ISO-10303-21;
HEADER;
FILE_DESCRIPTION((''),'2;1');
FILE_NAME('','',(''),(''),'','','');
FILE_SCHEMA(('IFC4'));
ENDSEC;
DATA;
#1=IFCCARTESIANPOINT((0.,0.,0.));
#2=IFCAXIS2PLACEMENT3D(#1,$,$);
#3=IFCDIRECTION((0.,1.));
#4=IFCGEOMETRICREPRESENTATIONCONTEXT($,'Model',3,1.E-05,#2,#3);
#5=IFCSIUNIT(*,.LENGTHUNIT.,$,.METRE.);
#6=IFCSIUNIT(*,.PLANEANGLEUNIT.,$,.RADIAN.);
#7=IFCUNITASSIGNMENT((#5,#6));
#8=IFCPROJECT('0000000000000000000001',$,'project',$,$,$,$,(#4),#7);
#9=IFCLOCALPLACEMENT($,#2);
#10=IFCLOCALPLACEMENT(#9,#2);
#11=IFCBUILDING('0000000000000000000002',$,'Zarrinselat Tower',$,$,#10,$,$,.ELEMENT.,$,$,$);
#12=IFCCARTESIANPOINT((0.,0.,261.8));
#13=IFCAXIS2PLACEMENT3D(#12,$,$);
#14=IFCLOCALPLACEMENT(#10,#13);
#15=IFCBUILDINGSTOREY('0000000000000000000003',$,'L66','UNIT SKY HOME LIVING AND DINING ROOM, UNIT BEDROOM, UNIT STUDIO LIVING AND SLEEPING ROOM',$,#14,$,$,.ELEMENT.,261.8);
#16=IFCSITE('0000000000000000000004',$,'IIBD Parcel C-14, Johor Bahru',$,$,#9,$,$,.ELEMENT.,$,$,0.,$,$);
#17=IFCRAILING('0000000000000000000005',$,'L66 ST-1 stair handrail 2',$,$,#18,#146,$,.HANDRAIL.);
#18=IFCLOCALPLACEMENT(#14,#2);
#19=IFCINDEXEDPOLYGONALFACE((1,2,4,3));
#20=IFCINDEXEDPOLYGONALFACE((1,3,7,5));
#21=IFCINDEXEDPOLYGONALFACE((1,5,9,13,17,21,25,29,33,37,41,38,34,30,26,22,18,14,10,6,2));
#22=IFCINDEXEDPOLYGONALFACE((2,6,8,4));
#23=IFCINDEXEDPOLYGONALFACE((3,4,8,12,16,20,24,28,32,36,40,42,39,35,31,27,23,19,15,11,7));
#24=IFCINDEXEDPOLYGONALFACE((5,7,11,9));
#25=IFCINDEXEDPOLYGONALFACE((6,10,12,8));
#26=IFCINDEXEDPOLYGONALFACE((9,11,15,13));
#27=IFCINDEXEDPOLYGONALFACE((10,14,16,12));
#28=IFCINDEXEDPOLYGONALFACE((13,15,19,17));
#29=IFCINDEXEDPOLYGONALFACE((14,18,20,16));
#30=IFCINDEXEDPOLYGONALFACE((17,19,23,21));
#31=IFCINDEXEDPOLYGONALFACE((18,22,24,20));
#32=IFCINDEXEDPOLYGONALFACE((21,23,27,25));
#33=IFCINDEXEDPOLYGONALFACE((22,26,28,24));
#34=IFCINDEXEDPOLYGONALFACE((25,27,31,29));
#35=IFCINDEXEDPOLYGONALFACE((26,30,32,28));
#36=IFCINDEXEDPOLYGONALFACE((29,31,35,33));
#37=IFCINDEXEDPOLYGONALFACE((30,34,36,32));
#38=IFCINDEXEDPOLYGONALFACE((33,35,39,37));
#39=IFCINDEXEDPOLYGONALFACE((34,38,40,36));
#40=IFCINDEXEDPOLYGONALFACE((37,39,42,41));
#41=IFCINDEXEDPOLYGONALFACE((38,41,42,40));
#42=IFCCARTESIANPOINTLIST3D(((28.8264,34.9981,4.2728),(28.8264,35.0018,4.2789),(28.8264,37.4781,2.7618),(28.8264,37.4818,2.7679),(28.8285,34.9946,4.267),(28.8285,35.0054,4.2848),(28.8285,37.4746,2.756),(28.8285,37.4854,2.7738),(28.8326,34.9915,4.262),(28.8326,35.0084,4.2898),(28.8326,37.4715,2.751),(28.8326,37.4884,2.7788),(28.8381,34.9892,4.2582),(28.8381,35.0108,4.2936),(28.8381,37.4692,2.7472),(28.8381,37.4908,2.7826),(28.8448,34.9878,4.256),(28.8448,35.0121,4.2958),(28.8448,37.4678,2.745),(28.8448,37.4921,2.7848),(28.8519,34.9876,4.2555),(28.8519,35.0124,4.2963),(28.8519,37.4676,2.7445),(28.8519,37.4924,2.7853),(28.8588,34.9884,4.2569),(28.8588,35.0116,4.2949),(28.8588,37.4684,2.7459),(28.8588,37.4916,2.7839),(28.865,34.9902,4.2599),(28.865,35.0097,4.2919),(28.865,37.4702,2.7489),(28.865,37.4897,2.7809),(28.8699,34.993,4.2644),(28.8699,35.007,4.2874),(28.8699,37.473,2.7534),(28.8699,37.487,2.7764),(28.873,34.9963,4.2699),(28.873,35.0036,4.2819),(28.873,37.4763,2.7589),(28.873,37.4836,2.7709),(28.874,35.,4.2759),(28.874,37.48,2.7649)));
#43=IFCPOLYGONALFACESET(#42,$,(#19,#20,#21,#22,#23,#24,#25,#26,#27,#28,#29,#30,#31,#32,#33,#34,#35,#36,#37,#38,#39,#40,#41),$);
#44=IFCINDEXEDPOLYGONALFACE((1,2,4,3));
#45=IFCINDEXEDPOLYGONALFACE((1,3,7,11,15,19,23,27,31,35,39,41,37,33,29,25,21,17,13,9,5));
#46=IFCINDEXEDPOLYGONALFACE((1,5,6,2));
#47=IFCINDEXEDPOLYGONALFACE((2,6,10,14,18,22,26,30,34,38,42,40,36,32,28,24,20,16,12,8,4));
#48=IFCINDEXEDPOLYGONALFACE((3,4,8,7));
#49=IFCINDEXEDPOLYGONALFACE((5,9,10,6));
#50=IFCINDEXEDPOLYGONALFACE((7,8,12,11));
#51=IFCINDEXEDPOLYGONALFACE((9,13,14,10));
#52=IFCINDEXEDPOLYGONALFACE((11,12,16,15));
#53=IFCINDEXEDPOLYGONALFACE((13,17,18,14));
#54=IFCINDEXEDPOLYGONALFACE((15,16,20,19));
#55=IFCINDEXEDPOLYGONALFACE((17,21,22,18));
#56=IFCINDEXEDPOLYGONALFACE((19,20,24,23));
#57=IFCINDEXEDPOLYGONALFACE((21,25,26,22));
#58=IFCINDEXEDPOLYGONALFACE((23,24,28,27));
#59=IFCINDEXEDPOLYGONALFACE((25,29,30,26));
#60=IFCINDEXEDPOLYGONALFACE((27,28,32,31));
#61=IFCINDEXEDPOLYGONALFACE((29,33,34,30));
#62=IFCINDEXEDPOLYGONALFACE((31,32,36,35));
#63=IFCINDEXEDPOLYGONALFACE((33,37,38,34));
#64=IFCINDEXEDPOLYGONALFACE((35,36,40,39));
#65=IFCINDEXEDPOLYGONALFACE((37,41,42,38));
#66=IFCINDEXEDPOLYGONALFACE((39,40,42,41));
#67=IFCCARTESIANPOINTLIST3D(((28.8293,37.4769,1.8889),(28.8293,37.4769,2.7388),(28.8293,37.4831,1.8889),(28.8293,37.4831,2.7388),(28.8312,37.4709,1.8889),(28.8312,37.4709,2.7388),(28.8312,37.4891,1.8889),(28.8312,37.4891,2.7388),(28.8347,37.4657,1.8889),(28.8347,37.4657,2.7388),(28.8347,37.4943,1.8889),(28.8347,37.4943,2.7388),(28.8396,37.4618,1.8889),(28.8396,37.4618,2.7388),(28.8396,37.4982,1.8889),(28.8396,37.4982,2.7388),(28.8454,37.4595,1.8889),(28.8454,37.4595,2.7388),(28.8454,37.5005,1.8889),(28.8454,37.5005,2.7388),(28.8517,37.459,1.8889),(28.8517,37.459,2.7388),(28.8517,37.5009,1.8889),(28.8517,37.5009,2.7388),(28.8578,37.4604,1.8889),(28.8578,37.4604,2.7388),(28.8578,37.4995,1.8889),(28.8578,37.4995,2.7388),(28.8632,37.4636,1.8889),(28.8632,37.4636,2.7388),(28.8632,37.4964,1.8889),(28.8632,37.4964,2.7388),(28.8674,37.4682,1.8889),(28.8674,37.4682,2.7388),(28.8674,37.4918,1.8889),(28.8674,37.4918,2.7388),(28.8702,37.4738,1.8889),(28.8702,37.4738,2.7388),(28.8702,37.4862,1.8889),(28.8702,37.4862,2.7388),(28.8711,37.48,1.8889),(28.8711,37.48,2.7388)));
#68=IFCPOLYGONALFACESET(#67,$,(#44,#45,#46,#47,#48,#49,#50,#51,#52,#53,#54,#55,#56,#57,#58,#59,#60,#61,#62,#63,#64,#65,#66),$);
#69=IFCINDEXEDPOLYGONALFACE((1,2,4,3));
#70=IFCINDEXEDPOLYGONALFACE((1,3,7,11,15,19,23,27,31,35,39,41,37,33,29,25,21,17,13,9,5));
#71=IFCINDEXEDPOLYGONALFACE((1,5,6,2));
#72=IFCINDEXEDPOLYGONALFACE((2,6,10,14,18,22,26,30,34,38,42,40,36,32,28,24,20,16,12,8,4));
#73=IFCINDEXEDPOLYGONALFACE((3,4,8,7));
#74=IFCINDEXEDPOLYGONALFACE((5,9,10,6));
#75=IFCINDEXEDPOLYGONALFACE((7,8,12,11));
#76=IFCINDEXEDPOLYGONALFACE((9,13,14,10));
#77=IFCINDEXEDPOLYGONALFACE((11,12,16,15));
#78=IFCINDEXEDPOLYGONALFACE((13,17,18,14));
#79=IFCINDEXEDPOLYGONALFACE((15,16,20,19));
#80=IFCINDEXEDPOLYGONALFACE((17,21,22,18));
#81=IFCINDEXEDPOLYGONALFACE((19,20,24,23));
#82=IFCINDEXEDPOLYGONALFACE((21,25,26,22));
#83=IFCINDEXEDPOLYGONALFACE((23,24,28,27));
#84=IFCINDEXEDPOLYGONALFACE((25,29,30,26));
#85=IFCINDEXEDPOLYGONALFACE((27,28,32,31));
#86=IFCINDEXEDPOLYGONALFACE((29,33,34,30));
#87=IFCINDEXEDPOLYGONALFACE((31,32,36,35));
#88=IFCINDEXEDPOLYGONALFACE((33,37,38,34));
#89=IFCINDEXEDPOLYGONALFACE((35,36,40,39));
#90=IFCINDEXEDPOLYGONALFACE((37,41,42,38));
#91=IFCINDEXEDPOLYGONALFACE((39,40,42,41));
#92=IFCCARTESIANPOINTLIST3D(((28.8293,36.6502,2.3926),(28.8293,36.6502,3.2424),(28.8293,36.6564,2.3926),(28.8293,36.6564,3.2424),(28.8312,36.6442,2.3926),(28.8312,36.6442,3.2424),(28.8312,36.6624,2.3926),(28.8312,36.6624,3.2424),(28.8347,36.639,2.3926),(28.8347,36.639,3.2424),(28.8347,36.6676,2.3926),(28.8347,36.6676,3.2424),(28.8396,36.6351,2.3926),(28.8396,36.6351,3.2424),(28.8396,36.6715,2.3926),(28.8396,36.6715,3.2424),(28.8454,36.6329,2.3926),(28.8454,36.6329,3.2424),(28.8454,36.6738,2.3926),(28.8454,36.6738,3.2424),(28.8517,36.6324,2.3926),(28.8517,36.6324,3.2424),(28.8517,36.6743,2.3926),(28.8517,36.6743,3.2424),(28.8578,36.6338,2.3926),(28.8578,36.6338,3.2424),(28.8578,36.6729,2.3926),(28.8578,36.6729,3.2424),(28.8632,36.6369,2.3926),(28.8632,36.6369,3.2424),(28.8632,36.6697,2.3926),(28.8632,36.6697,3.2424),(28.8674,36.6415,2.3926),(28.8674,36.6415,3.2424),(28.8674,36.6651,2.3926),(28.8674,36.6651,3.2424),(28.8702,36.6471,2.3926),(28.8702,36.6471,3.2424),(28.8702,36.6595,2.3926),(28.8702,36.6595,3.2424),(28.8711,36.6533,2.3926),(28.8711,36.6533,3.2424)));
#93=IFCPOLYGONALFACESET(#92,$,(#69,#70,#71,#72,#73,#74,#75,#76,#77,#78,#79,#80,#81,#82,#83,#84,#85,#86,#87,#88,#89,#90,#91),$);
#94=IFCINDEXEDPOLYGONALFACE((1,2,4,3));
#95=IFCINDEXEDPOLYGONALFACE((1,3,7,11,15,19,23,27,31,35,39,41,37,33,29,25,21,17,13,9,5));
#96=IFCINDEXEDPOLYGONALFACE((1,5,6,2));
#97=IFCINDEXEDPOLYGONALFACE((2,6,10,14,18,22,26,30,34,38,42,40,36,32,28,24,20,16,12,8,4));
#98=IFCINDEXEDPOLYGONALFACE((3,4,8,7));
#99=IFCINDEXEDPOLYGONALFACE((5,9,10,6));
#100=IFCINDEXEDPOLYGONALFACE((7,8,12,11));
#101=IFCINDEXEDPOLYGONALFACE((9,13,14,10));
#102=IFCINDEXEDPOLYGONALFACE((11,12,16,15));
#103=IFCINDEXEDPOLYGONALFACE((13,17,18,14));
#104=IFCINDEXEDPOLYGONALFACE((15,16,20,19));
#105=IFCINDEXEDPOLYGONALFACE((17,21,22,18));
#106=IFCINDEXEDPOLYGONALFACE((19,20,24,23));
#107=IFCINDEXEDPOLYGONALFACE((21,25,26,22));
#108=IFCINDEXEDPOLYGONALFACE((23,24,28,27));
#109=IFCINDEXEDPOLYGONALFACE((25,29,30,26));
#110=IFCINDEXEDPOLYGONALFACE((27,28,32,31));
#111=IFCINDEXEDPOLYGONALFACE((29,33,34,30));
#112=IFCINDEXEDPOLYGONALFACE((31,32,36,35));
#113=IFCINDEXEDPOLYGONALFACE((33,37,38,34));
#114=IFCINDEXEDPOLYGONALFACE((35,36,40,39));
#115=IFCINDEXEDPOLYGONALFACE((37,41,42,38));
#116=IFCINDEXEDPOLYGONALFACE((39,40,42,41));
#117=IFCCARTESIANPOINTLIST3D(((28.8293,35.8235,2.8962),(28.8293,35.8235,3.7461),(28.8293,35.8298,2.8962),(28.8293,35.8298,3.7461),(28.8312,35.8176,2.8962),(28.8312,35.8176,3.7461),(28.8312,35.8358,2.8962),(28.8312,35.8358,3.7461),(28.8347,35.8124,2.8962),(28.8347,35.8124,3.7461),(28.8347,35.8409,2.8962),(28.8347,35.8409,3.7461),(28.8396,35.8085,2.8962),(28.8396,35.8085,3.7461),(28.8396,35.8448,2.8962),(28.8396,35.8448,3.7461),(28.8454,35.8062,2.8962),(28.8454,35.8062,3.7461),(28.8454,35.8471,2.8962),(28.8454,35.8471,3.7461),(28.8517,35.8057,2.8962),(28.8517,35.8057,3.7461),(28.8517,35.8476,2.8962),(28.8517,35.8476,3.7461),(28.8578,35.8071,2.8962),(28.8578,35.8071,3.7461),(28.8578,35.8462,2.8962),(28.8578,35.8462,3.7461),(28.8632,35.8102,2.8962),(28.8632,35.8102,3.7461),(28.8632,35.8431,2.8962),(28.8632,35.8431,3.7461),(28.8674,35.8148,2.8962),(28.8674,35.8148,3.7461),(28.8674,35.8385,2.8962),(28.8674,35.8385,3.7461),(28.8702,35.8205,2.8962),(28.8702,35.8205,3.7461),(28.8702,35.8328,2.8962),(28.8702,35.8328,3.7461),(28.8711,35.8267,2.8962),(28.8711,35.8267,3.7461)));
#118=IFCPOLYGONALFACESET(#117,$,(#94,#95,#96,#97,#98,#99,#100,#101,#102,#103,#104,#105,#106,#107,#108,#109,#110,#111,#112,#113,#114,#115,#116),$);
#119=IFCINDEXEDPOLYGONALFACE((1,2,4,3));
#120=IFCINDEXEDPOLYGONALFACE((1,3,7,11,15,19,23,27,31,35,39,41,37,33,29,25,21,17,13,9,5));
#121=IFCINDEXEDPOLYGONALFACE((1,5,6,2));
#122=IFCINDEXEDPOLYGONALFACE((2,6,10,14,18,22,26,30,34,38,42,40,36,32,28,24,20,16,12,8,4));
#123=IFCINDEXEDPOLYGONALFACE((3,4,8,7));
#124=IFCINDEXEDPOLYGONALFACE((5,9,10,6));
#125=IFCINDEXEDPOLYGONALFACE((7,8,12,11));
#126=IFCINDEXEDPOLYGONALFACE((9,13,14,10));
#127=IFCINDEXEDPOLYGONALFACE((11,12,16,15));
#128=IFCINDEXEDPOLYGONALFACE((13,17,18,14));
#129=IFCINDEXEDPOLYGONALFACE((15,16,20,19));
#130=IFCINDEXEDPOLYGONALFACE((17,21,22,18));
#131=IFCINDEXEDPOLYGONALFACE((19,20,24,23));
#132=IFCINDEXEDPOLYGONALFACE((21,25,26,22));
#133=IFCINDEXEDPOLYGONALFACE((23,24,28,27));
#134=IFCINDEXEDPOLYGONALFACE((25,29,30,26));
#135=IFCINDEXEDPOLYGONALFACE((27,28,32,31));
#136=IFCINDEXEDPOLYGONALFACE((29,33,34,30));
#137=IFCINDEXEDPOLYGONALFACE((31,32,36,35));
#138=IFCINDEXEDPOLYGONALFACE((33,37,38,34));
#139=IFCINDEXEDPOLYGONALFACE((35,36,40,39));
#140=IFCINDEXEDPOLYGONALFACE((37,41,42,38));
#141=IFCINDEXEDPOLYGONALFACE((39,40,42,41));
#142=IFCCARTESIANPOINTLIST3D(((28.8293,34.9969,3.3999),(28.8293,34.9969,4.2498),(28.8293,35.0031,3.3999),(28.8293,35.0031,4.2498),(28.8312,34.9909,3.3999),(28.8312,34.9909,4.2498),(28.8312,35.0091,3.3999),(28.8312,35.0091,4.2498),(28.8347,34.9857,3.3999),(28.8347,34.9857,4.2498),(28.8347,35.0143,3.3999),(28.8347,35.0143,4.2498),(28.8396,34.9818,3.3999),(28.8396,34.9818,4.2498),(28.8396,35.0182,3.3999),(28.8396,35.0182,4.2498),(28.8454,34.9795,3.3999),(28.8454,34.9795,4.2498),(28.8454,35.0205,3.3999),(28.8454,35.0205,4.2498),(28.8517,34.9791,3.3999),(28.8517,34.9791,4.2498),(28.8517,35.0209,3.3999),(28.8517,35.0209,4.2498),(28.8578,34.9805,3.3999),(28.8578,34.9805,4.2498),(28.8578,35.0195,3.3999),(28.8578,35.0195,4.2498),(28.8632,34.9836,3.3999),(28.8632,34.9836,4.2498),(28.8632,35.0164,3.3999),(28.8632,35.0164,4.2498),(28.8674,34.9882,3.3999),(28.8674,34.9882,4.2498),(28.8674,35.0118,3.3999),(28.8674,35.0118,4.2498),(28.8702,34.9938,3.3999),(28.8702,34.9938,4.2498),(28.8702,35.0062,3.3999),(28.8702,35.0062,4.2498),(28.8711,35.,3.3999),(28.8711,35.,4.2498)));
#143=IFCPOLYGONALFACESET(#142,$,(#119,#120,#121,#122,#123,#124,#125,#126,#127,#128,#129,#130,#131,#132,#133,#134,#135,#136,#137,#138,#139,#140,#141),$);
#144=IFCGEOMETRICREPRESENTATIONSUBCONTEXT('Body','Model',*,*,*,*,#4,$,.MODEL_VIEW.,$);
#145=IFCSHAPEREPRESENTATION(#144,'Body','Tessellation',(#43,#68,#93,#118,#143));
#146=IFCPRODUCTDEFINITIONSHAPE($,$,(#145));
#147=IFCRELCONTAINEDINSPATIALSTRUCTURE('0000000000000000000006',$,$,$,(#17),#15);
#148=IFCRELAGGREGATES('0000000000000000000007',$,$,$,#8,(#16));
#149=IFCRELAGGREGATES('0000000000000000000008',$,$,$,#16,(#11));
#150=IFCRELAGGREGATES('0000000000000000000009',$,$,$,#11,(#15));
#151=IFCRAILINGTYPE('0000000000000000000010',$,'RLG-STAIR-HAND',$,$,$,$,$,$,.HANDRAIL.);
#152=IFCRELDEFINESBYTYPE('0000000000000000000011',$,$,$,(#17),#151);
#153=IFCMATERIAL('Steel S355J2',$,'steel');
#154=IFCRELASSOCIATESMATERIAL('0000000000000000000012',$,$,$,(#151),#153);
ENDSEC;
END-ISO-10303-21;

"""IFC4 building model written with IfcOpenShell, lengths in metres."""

from ifc_helpers import new_model, si_unit, direction, frame, origin, origin_2d, place, context, subcontext, project, spatial, circle, extrude, material, type_object, element, save


model = new_model("IFC4")

# Units and contexts
model_context = context("Model", 3, precision=1e-05, world=origin(), true_north=direction((0.0, 1.0)))
body_context = subcontext(model_context, "Body", "Model", "MODEL_VIEW")
ifc_project = project(units=[si_unit("LENGTHUNIT", "METRE"), si_unit("PLANEANGLEUNIT", "RADIAN")], contexts=[model_context])

# Site, building, storey
site_placement = place(None, origin())
site = spatial("IfcSite", under=ifc_project, at=site_placement, Name="IIBD Parcel C-14, Johor Bahru", CompositionType="ELEMENT", RefElevation=0.0)
building_placement = place(site_placement, origin())
building = spatial("IfcBuilding", under=site, at=building_placement, Name="Zarrinselat Tower", CompositionType="ELEMENT")
storey_placement = place(building_placement, frame((0.0, 0.0, 261.8)))
storey = spatial("IfcBuildingStorey", under=building, at=storey_placement, Name="L66", Description="UNIT SKY HOME LIVING AND DINING ROOM, UNIT BEDROOM, UNIT STUDIO LIVING AND SLEEPING ROOM", CompositionType="ELEMENT", Elevation=261.8)

# Railing
ifc_material_1 = material(Name="Steel S355J2", Category="steel")
railing_type_1 = type_object("IfcRailingType", Name="RLG-STAIR-HAND", PredefinedType="HANDRAIL", material=ifc_material_1)
railing_1_placement = place(storey_placement, frame((28.8501, 37.48, 1.8889)))
element("IfcRailing", 1, at=railing_1_placement, inside=storey, type_object=railing_type_1, Name="L66 ST-1 stair handrail 2", PredefinedType="HANDRAIL", context=body_context, shape_type="SweptSolid", body=[
    extrude(circle(Radius=0.0239, at=origin_2d()), frame((0.0, 0.0, 0.876), z_axis=(0.0, -0.853979, 0.520307), x_axis=(1.0, 0.0, 0.0)), (0.0, 0.0, 1.0), 2.9041),
    extrude(circle(Radius=0.021, at=origin_2d()), origin(), (0.0, 0.0, 1.0), 0.8499),
    extrude(circle(Radius=0.021, at=origin_2d()), frame((0.0, -0.8267, 0.5037)), (0.0, 0.0, 1.0), 0.8499),
    extrude(circle(Radius=0.021, at=origin_2d()), frame((0.0, -1.6533, 1.0073)), (0.0, 0.0, 1.0), 0.8499),
    extrude(circle(Radius=0.021, at=origin_2d()), frame((0.0, -2.48, 1.511)), (0.0, 0.0, 1.0), 0.8499),
])

save(model, "model.ifc")
